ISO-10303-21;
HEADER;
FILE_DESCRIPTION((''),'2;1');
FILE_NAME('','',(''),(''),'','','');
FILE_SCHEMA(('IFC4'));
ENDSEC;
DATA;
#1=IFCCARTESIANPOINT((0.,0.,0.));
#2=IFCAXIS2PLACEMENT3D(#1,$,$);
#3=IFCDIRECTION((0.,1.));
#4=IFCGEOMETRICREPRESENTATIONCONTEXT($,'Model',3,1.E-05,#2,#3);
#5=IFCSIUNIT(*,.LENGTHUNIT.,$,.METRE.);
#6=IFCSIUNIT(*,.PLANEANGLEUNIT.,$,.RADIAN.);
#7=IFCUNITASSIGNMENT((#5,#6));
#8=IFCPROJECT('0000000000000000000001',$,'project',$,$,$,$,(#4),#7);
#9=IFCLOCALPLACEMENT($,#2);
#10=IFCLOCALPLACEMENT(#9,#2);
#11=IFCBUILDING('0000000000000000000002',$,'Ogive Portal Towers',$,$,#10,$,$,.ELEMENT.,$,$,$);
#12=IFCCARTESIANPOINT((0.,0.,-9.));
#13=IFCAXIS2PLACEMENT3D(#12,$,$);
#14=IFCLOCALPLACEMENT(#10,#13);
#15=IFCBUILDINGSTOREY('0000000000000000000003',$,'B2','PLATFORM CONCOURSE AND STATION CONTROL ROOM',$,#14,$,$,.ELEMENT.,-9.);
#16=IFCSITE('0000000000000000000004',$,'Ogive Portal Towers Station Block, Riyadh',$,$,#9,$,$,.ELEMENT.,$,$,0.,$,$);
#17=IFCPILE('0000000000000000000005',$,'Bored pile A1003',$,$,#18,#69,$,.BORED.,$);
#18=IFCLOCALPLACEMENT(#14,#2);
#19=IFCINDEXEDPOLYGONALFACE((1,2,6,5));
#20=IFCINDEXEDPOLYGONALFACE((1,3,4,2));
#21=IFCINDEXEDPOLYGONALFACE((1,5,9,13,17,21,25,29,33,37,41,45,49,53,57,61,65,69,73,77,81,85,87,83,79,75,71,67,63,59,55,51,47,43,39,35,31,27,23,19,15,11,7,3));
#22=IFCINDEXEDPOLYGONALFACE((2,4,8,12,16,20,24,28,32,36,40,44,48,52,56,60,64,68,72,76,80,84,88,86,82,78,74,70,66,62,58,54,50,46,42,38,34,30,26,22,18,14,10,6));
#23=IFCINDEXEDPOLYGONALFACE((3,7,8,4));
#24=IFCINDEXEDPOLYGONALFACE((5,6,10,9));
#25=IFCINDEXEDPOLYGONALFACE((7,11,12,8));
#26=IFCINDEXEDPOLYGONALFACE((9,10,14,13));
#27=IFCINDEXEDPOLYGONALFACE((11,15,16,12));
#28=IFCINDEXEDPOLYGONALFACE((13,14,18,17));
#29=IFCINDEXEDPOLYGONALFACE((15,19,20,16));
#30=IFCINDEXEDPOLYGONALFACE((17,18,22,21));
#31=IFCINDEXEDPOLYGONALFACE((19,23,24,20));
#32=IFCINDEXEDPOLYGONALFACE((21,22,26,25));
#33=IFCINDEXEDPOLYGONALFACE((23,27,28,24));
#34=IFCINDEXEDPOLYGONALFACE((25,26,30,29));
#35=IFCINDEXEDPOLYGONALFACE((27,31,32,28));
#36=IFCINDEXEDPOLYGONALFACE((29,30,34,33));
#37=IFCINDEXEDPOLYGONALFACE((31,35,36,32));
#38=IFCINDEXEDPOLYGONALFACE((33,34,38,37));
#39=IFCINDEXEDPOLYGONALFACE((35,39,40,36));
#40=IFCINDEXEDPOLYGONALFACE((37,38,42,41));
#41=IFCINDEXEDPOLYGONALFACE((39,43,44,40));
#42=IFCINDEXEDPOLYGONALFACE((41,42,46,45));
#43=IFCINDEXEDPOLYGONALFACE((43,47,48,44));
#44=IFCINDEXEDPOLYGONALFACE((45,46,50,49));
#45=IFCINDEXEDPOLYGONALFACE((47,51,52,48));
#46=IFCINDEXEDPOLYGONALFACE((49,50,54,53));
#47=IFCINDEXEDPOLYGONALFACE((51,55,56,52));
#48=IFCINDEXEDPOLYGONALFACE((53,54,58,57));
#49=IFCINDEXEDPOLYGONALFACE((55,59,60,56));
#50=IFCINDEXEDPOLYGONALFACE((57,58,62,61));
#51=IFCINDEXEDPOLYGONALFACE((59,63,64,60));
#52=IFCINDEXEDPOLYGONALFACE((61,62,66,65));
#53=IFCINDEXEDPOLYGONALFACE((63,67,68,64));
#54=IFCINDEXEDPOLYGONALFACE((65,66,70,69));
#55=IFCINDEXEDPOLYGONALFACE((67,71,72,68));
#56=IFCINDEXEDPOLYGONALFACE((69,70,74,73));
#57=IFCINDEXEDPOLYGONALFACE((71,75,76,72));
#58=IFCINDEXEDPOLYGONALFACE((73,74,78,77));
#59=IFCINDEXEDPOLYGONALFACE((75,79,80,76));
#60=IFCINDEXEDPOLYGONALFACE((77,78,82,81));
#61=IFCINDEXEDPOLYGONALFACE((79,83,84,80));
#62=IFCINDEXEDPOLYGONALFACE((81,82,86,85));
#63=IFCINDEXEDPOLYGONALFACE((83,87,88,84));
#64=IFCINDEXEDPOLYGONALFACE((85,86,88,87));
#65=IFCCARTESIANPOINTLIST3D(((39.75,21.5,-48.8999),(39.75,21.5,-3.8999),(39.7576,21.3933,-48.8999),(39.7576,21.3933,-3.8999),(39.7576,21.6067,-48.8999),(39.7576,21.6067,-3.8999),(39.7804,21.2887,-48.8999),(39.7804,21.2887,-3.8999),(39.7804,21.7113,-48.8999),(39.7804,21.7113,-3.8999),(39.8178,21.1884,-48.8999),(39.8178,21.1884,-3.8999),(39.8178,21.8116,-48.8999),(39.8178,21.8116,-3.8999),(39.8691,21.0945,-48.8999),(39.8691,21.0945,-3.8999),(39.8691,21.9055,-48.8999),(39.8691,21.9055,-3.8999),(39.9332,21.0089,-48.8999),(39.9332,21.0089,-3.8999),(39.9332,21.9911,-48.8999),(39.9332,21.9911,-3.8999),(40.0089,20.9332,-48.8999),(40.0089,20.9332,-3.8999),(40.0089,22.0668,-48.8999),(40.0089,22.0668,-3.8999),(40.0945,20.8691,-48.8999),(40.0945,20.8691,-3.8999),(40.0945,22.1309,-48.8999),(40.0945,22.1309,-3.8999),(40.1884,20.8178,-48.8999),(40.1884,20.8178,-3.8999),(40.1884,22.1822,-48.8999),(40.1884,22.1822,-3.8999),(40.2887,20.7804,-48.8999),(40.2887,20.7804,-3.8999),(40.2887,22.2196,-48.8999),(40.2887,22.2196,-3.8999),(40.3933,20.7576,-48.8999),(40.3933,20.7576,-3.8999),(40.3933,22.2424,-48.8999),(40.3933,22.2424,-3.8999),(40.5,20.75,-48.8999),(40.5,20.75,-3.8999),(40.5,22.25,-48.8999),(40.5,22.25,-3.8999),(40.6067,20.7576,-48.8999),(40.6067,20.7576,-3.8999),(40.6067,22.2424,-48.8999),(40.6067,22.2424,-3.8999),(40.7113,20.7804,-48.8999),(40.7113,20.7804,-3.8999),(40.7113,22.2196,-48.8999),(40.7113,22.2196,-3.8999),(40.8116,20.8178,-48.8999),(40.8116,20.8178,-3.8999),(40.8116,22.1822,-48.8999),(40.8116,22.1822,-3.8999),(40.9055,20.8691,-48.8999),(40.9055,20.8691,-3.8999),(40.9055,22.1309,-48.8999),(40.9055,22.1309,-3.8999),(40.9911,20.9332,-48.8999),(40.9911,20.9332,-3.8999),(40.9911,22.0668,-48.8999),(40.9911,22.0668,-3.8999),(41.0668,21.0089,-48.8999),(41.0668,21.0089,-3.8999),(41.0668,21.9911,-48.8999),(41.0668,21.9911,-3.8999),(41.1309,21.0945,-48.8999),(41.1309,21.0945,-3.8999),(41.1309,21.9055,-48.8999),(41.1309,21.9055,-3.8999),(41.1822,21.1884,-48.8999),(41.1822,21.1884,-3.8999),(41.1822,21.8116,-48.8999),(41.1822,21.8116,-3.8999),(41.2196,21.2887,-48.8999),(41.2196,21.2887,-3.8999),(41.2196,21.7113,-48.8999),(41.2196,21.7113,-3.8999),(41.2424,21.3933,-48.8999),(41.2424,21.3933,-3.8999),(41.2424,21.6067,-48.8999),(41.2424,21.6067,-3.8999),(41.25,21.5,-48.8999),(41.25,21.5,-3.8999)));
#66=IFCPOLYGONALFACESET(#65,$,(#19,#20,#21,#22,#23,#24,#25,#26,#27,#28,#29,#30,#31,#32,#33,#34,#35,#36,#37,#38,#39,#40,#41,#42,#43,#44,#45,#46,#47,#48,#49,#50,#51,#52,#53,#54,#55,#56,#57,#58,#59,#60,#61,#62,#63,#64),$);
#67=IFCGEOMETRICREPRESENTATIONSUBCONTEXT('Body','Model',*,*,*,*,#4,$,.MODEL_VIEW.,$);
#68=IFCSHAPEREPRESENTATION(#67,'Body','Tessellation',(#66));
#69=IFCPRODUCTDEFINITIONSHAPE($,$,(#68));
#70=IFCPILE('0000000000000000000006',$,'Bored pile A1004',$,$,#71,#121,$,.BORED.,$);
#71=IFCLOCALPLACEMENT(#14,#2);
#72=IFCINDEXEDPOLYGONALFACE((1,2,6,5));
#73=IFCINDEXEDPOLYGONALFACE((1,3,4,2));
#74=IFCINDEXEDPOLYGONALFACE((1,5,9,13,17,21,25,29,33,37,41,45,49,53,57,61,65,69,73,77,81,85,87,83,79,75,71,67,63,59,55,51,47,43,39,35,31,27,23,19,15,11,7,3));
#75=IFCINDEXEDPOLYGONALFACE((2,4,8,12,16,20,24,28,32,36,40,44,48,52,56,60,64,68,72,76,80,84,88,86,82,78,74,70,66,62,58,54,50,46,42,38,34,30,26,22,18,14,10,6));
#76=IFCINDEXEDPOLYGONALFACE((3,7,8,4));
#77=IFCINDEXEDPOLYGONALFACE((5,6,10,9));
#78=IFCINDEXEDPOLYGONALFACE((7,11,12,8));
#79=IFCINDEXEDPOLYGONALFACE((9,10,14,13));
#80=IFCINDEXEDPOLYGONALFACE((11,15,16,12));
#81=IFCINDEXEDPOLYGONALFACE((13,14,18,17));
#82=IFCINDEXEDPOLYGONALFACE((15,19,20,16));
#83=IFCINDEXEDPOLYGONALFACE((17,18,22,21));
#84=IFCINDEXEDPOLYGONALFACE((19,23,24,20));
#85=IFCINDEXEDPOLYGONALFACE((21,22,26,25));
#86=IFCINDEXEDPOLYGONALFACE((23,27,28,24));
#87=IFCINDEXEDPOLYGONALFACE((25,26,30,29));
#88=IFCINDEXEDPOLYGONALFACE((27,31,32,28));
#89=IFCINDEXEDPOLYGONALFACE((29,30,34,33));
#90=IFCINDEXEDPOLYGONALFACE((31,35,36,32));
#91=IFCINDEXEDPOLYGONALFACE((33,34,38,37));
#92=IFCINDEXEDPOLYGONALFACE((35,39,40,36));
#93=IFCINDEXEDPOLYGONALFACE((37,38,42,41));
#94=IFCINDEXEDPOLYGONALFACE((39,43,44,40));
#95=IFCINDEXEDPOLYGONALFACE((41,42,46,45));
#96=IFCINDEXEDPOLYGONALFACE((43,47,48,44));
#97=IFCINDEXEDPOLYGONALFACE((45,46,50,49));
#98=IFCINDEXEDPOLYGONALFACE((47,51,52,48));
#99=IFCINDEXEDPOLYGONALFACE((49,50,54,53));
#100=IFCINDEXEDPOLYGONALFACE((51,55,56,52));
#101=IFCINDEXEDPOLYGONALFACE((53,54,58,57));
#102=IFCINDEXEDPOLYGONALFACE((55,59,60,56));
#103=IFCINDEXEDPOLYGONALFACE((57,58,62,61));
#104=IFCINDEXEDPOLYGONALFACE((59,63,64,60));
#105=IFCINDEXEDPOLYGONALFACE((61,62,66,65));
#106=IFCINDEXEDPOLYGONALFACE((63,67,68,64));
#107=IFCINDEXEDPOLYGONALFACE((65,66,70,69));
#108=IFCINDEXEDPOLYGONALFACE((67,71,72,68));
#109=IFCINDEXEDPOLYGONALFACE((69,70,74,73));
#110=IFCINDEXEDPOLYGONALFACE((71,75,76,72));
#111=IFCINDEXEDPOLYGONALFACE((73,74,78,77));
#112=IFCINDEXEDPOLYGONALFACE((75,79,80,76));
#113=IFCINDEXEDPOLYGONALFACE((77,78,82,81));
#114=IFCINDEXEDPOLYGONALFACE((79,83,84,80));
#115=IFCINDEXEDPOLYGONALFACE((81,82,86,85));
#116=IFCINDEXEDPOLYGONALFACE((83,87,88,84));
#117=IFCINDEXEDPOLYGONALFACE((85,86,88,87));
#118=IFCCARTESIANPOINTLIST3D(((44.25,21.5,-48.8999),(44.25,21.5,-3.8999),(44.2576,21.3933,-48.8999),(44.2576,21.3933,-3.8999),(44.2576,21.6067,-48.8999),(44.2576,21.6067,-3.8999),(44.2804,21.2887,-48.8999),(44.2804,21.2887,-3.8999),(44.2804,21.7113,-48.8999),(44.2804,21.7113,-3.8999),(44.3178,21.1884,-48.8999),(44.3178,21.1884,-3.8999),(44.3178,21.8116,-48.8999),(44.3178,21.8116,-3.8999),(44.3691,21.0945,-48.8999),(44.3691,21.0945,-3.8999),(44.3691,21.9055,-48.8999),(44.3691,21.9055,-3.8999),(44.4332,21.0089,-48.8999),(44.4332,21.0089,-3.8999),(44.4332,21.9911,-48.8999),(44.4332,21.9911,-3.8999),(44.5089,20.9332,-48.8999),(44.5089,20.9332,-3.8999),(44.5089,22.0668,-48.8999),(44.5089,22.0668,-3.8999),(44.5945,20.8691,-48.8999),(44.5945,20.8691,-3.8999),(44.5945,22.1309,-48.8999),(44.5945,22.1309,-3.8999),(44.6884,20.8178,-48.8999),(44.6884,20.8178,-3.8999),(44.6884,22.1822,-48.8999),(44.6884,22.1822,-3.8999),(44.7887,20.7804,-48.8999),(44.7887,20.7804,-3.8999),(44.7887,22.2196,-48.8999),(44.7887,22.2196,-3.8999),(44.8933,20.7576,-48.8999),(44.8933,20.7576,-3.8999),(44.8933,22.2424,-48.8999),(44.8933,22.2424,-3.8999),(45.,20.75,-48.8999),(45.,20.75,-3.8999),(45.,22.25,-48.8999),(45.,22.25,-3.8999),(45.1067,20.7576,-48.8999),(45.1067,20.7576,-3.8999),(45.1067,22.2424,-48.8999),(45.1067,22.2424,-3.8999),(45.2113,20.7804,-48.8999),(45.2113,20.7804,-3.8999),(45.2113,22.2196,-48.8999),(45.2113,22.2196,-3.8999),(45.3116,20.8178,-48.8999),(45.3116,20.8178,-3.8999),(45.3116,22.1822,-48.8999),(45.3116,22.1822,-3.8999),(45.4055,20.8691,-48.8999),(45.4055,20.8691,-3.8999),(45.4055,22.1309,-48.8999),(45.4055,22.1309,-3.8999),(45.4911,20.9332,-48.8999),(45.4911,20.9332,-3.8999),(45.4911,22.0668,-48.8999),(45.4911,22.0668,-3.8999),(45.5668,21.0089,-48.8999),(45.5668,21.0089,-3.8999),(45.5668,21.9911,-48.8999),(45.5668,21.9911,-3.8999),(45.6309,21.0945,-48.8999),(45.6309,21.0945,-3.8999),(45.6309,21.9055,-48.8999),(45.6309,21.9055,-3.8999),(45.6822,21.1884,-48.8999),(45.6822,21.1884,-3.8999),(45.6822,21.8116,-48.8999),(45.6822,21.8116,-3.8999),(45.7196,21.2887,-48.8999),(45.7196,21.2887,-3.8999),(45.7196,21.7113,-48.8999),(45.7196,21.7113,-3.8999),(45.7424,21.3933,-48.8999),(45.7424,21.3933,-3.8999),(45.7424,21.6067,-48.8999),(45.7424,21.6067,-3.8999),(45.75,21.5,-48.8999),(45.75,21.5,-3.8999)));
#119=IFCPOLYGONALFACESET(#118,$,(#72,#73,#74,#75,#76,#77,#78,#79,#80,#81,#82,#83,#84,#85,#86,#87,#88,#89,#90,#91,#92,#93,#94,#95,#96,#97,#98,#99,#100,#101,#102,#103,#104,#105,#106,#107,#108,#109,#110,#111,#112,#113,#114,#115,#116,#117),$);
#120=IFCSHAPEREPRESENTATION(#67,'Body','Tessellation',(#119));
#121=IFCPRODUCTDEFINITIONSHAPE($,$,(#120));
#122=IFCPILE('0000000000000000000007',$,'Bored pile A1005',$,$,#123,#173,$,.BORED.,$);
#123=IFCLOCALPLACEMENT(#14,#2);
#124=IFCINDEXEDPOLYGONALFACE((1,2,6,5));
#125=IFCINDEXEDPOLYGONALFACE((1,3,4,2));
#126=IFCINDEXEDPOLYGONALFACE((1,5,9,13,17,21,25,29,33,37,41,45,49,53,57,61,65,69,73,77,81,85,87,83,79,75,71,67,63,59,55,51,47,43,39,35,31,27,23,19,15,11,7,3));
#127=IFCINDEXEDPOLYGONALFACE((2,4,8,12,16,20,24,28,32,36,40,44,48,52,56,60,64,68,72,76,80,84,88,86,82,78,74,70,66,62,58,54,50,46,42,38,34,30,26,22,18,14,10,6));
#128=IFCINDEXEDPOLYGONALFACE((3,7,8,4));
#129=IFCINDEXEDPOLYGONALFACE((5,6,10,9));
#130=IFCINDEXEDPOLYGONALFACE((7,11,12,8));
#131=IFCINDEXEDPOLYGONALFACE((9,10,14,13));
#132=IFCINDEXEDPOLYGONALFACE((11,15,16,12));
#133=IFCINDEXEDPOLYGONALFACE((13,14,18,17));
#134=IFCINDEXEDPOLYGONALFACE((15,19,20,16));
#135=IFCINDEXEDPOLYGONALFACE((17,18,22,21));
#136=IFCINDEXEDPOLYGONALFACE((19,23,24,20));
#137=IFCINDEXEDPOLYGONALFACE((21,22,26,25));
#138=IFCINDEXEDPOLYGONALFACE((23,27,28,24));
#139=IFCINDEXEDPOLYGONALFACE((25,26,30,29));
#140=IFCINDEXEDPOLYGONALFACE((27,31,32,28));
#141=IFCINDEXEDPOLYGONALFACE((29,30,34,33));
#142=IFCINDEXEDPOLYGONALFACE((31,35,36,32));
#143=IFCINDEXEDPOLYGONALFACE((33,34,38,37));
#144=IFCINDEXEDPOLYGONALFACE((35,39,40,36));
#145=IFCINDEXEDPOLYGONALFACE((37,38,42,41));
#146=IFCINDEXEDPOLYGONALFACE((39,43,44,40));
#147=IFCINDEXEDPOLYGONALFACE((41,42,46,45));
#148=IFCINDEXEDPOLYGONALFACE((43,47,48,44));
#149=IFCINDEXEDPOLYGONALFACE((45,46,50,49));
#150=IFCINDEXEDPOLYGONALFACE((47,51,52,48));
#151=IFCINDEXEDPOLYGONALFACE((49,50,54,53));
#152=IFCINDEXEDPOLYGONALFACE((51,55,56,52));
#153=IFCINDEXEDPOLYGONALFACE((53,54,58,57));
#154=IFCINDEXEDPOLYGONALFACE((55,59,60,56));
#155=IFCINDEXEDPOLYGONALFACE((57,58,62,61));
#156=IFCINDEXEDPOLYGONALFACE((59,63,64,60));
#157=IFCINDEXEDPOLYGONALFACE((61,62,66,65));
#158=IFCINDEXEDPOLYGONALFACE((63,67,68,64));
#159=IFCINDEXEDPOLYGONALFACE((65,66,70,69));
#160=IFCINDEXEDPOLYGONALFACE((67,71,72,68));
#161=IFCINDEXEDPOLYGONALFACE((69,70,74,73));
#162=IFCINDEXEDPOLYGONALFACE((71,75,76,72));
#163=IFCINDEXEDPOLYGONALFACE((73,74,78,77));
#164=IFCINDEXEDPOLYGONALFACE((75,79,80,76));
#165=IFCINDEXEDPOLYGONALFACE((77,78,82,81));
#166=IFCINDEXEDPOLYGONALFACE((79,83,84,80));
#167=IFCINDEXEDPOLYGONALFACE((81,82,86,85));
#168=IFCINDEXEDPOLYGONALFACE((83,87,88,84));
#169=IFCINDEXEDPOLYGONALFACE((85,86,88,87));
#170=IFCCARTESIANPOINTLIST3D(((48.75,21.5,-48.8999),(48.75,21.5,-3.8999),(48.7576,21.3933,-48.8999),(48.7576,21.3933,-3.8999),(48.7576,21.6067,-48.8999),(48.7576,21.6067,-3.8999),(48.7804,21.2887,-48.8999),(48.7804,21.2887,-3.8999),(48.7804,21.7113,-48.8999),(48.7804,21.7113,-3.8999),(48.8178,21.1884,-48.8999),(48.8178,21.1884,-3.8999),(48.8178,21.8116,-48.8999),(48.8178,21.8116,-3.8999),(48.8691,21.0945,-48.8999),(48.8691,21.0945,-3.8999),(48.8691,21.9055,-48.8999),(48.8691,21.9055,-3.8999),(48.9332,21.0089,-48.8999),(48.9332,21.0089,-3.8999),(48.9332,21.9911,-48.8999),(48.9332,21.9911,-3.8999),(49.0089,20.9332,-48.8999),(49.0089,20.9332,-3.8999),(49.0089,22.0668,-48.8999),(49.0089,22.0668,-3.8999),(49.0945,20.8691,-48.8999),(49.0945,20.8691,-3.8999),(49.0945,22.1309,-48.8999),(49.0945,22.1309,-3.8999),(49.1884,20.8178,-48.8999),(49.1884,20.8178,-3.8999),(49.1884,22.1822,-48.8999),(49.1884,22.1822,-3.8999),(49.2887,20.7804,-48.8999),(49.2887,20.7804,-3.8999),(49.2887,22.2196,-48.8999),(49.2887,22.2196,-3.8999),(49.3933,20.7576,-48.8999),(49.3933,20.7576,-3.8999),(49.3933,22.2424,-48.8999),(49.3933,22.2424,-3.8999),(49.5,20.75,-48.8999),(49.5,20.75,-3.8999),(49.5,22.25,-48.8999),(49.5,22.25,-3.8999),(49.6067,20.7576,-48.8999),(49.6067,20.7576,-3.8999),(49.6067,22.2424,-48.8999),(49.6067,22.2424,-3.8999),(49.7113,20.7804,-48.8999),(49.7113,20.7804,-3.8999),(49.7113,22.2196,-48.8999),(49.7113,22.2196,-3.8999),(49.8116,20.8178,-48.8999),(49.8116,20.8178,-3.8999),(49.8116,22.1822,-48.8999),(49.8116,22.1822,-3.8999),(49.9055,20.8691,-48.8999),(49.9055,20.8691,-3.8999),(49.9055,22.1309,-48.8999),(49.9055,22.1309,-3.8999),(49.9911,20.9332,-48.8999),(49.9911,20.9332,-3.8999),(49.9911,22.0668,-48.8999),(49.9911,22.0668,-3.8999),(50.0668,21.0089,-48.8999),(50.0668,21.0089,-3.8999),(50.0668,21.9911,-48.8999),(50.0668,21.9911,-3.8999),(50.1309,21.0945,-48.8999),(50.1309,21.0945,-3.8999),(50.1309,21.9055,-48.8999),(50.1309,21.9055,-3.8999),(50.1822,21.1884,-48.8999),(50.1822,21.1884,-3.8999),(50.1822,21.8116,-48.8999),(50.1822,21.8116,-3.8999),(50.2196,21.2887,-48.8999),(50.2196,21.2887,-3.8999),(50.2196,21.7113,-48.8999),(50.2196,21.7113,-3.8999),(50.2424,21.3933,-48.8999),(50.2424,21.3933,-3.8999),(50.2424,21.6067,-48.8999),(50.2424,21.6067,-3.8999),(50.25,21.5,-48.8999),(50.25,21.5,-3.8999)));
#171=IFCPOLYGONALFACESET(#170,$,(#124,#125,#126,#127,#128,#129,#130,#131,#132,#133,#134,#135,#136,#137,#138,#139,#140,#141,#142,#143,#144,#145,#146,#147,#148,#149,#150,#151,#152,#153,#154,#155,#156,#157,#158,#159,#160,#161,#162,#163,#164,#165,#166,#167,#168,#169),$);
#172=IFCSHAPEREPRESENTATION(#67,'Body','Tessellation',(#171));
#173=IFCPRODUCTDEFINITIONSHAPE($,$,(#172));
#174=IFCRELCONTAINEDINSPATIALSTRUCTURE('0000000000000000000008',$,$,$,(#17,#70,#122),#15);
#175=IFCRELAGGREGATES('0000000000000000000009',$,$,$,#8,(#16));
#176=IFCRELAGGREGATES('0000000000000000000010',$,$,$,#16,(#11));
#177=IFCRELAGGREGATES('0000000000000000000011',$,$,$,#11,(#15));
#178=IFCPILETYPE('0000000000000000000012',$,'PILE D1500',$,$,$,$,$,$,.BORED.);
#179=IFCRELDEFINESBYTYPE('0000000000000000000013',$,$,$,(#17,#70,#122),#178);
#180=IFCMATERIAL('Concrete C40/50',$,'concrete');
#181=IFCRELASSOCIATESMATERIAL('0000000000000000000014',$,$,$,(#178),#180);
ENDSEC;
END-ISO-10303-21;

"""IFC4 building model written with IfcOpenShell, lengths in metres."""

from ifc_helpers import new_model, si_unit, direction, frame, origin, origin_2d, place, context, subcontext, project, spatial, circle, extrude, material, material_profile, profile_set, type_object, element, save


model = new_model("IFC4")

# Units and contexts
model_context = context("Model", 3, precision=1e-05, world=origin(), true_north=direction((0.0, 1.0)))
body_context = subcontext(model_context, "Body", "Model", "MODEL_VIEW")
ifc_project = project(units=[si_unit("LENGTHUNIT", "METRE"), si_unit("PLANEANGLEUNIT", "RADIAN")], contexts=[model_context])

# Site, building, storey
site_placement = place(None, origin())
site = spatial("IfcSite", under=ifc_project, at=site_placement, Name="Ogive Portal Towers Station Block, Riyadh", CompositionType="ELEMENT", RefElevation=0.0)
building_placement = place(site_placement, origin())
building = spatial("IfcBuilding", under=site, at=building_placement, Name="Ogive Portal Towers", CompositionType="ELEMENT")
storey_placement = place(building_placement, frame((0.0, 0.0, -9.0)))
storey = spatial("IfcBuildingStorey", under=building, at=storey_placement, Name="B2", Description="PLATFORM CONCOURSE AND STATION CONTROL ROOM", CompositionType="ELEMENT", Elevation=-9.0)

# Piles
ifc_material_1 = material(Name="Concrete C40/50", Category="concrete")
ifc_material_profile_1 = material_profile(ifc_material_1, circle(Radius=0.75, at=origin_2d()), Name="PILE D1500")
ifc_profile_set_1 = profile_set([ifc_material_profile_1], Name="Concrete C40/50")
pile_type = type_object("IfcPileType", Name="PILE D1500", PredefinedType="BORED", material=ifc_profile_set_1)
for number, where, z_axis, x_axis, name in (
    (1, (40.5, 21.5, -3.8999), (0.0, 0.0, -1.0), (1.0, 0.0, 0.0), "Bored pile A1003"),
    (2, (45.0, 21.5, -3.8999), (0.0, 0.0, -1.0), (1.0, 0.0, 0.0), "Bored pile A1004"),
    (3, (49.5, 21.5, -3.8999), (0.0, 0.0, -1.0), (1.0, 0.0, 0.0), "Bored pile A1005"),
):
    element("IfcPile", number, at=place(storey_placement, frame(where, z_axis=z_axis, x_axis=x_axis)), inside=storey, type_object=pile_type, Name=name, PredefinedType="BORED", context=body_context, shape_type="SweptSolid", body=[
        extrude(circle(Radius=0.75, at=origin_2d()), origin(), (0.0, 0.0, 1.0), 45.0),
    ])

save(model, "model.ifc")
